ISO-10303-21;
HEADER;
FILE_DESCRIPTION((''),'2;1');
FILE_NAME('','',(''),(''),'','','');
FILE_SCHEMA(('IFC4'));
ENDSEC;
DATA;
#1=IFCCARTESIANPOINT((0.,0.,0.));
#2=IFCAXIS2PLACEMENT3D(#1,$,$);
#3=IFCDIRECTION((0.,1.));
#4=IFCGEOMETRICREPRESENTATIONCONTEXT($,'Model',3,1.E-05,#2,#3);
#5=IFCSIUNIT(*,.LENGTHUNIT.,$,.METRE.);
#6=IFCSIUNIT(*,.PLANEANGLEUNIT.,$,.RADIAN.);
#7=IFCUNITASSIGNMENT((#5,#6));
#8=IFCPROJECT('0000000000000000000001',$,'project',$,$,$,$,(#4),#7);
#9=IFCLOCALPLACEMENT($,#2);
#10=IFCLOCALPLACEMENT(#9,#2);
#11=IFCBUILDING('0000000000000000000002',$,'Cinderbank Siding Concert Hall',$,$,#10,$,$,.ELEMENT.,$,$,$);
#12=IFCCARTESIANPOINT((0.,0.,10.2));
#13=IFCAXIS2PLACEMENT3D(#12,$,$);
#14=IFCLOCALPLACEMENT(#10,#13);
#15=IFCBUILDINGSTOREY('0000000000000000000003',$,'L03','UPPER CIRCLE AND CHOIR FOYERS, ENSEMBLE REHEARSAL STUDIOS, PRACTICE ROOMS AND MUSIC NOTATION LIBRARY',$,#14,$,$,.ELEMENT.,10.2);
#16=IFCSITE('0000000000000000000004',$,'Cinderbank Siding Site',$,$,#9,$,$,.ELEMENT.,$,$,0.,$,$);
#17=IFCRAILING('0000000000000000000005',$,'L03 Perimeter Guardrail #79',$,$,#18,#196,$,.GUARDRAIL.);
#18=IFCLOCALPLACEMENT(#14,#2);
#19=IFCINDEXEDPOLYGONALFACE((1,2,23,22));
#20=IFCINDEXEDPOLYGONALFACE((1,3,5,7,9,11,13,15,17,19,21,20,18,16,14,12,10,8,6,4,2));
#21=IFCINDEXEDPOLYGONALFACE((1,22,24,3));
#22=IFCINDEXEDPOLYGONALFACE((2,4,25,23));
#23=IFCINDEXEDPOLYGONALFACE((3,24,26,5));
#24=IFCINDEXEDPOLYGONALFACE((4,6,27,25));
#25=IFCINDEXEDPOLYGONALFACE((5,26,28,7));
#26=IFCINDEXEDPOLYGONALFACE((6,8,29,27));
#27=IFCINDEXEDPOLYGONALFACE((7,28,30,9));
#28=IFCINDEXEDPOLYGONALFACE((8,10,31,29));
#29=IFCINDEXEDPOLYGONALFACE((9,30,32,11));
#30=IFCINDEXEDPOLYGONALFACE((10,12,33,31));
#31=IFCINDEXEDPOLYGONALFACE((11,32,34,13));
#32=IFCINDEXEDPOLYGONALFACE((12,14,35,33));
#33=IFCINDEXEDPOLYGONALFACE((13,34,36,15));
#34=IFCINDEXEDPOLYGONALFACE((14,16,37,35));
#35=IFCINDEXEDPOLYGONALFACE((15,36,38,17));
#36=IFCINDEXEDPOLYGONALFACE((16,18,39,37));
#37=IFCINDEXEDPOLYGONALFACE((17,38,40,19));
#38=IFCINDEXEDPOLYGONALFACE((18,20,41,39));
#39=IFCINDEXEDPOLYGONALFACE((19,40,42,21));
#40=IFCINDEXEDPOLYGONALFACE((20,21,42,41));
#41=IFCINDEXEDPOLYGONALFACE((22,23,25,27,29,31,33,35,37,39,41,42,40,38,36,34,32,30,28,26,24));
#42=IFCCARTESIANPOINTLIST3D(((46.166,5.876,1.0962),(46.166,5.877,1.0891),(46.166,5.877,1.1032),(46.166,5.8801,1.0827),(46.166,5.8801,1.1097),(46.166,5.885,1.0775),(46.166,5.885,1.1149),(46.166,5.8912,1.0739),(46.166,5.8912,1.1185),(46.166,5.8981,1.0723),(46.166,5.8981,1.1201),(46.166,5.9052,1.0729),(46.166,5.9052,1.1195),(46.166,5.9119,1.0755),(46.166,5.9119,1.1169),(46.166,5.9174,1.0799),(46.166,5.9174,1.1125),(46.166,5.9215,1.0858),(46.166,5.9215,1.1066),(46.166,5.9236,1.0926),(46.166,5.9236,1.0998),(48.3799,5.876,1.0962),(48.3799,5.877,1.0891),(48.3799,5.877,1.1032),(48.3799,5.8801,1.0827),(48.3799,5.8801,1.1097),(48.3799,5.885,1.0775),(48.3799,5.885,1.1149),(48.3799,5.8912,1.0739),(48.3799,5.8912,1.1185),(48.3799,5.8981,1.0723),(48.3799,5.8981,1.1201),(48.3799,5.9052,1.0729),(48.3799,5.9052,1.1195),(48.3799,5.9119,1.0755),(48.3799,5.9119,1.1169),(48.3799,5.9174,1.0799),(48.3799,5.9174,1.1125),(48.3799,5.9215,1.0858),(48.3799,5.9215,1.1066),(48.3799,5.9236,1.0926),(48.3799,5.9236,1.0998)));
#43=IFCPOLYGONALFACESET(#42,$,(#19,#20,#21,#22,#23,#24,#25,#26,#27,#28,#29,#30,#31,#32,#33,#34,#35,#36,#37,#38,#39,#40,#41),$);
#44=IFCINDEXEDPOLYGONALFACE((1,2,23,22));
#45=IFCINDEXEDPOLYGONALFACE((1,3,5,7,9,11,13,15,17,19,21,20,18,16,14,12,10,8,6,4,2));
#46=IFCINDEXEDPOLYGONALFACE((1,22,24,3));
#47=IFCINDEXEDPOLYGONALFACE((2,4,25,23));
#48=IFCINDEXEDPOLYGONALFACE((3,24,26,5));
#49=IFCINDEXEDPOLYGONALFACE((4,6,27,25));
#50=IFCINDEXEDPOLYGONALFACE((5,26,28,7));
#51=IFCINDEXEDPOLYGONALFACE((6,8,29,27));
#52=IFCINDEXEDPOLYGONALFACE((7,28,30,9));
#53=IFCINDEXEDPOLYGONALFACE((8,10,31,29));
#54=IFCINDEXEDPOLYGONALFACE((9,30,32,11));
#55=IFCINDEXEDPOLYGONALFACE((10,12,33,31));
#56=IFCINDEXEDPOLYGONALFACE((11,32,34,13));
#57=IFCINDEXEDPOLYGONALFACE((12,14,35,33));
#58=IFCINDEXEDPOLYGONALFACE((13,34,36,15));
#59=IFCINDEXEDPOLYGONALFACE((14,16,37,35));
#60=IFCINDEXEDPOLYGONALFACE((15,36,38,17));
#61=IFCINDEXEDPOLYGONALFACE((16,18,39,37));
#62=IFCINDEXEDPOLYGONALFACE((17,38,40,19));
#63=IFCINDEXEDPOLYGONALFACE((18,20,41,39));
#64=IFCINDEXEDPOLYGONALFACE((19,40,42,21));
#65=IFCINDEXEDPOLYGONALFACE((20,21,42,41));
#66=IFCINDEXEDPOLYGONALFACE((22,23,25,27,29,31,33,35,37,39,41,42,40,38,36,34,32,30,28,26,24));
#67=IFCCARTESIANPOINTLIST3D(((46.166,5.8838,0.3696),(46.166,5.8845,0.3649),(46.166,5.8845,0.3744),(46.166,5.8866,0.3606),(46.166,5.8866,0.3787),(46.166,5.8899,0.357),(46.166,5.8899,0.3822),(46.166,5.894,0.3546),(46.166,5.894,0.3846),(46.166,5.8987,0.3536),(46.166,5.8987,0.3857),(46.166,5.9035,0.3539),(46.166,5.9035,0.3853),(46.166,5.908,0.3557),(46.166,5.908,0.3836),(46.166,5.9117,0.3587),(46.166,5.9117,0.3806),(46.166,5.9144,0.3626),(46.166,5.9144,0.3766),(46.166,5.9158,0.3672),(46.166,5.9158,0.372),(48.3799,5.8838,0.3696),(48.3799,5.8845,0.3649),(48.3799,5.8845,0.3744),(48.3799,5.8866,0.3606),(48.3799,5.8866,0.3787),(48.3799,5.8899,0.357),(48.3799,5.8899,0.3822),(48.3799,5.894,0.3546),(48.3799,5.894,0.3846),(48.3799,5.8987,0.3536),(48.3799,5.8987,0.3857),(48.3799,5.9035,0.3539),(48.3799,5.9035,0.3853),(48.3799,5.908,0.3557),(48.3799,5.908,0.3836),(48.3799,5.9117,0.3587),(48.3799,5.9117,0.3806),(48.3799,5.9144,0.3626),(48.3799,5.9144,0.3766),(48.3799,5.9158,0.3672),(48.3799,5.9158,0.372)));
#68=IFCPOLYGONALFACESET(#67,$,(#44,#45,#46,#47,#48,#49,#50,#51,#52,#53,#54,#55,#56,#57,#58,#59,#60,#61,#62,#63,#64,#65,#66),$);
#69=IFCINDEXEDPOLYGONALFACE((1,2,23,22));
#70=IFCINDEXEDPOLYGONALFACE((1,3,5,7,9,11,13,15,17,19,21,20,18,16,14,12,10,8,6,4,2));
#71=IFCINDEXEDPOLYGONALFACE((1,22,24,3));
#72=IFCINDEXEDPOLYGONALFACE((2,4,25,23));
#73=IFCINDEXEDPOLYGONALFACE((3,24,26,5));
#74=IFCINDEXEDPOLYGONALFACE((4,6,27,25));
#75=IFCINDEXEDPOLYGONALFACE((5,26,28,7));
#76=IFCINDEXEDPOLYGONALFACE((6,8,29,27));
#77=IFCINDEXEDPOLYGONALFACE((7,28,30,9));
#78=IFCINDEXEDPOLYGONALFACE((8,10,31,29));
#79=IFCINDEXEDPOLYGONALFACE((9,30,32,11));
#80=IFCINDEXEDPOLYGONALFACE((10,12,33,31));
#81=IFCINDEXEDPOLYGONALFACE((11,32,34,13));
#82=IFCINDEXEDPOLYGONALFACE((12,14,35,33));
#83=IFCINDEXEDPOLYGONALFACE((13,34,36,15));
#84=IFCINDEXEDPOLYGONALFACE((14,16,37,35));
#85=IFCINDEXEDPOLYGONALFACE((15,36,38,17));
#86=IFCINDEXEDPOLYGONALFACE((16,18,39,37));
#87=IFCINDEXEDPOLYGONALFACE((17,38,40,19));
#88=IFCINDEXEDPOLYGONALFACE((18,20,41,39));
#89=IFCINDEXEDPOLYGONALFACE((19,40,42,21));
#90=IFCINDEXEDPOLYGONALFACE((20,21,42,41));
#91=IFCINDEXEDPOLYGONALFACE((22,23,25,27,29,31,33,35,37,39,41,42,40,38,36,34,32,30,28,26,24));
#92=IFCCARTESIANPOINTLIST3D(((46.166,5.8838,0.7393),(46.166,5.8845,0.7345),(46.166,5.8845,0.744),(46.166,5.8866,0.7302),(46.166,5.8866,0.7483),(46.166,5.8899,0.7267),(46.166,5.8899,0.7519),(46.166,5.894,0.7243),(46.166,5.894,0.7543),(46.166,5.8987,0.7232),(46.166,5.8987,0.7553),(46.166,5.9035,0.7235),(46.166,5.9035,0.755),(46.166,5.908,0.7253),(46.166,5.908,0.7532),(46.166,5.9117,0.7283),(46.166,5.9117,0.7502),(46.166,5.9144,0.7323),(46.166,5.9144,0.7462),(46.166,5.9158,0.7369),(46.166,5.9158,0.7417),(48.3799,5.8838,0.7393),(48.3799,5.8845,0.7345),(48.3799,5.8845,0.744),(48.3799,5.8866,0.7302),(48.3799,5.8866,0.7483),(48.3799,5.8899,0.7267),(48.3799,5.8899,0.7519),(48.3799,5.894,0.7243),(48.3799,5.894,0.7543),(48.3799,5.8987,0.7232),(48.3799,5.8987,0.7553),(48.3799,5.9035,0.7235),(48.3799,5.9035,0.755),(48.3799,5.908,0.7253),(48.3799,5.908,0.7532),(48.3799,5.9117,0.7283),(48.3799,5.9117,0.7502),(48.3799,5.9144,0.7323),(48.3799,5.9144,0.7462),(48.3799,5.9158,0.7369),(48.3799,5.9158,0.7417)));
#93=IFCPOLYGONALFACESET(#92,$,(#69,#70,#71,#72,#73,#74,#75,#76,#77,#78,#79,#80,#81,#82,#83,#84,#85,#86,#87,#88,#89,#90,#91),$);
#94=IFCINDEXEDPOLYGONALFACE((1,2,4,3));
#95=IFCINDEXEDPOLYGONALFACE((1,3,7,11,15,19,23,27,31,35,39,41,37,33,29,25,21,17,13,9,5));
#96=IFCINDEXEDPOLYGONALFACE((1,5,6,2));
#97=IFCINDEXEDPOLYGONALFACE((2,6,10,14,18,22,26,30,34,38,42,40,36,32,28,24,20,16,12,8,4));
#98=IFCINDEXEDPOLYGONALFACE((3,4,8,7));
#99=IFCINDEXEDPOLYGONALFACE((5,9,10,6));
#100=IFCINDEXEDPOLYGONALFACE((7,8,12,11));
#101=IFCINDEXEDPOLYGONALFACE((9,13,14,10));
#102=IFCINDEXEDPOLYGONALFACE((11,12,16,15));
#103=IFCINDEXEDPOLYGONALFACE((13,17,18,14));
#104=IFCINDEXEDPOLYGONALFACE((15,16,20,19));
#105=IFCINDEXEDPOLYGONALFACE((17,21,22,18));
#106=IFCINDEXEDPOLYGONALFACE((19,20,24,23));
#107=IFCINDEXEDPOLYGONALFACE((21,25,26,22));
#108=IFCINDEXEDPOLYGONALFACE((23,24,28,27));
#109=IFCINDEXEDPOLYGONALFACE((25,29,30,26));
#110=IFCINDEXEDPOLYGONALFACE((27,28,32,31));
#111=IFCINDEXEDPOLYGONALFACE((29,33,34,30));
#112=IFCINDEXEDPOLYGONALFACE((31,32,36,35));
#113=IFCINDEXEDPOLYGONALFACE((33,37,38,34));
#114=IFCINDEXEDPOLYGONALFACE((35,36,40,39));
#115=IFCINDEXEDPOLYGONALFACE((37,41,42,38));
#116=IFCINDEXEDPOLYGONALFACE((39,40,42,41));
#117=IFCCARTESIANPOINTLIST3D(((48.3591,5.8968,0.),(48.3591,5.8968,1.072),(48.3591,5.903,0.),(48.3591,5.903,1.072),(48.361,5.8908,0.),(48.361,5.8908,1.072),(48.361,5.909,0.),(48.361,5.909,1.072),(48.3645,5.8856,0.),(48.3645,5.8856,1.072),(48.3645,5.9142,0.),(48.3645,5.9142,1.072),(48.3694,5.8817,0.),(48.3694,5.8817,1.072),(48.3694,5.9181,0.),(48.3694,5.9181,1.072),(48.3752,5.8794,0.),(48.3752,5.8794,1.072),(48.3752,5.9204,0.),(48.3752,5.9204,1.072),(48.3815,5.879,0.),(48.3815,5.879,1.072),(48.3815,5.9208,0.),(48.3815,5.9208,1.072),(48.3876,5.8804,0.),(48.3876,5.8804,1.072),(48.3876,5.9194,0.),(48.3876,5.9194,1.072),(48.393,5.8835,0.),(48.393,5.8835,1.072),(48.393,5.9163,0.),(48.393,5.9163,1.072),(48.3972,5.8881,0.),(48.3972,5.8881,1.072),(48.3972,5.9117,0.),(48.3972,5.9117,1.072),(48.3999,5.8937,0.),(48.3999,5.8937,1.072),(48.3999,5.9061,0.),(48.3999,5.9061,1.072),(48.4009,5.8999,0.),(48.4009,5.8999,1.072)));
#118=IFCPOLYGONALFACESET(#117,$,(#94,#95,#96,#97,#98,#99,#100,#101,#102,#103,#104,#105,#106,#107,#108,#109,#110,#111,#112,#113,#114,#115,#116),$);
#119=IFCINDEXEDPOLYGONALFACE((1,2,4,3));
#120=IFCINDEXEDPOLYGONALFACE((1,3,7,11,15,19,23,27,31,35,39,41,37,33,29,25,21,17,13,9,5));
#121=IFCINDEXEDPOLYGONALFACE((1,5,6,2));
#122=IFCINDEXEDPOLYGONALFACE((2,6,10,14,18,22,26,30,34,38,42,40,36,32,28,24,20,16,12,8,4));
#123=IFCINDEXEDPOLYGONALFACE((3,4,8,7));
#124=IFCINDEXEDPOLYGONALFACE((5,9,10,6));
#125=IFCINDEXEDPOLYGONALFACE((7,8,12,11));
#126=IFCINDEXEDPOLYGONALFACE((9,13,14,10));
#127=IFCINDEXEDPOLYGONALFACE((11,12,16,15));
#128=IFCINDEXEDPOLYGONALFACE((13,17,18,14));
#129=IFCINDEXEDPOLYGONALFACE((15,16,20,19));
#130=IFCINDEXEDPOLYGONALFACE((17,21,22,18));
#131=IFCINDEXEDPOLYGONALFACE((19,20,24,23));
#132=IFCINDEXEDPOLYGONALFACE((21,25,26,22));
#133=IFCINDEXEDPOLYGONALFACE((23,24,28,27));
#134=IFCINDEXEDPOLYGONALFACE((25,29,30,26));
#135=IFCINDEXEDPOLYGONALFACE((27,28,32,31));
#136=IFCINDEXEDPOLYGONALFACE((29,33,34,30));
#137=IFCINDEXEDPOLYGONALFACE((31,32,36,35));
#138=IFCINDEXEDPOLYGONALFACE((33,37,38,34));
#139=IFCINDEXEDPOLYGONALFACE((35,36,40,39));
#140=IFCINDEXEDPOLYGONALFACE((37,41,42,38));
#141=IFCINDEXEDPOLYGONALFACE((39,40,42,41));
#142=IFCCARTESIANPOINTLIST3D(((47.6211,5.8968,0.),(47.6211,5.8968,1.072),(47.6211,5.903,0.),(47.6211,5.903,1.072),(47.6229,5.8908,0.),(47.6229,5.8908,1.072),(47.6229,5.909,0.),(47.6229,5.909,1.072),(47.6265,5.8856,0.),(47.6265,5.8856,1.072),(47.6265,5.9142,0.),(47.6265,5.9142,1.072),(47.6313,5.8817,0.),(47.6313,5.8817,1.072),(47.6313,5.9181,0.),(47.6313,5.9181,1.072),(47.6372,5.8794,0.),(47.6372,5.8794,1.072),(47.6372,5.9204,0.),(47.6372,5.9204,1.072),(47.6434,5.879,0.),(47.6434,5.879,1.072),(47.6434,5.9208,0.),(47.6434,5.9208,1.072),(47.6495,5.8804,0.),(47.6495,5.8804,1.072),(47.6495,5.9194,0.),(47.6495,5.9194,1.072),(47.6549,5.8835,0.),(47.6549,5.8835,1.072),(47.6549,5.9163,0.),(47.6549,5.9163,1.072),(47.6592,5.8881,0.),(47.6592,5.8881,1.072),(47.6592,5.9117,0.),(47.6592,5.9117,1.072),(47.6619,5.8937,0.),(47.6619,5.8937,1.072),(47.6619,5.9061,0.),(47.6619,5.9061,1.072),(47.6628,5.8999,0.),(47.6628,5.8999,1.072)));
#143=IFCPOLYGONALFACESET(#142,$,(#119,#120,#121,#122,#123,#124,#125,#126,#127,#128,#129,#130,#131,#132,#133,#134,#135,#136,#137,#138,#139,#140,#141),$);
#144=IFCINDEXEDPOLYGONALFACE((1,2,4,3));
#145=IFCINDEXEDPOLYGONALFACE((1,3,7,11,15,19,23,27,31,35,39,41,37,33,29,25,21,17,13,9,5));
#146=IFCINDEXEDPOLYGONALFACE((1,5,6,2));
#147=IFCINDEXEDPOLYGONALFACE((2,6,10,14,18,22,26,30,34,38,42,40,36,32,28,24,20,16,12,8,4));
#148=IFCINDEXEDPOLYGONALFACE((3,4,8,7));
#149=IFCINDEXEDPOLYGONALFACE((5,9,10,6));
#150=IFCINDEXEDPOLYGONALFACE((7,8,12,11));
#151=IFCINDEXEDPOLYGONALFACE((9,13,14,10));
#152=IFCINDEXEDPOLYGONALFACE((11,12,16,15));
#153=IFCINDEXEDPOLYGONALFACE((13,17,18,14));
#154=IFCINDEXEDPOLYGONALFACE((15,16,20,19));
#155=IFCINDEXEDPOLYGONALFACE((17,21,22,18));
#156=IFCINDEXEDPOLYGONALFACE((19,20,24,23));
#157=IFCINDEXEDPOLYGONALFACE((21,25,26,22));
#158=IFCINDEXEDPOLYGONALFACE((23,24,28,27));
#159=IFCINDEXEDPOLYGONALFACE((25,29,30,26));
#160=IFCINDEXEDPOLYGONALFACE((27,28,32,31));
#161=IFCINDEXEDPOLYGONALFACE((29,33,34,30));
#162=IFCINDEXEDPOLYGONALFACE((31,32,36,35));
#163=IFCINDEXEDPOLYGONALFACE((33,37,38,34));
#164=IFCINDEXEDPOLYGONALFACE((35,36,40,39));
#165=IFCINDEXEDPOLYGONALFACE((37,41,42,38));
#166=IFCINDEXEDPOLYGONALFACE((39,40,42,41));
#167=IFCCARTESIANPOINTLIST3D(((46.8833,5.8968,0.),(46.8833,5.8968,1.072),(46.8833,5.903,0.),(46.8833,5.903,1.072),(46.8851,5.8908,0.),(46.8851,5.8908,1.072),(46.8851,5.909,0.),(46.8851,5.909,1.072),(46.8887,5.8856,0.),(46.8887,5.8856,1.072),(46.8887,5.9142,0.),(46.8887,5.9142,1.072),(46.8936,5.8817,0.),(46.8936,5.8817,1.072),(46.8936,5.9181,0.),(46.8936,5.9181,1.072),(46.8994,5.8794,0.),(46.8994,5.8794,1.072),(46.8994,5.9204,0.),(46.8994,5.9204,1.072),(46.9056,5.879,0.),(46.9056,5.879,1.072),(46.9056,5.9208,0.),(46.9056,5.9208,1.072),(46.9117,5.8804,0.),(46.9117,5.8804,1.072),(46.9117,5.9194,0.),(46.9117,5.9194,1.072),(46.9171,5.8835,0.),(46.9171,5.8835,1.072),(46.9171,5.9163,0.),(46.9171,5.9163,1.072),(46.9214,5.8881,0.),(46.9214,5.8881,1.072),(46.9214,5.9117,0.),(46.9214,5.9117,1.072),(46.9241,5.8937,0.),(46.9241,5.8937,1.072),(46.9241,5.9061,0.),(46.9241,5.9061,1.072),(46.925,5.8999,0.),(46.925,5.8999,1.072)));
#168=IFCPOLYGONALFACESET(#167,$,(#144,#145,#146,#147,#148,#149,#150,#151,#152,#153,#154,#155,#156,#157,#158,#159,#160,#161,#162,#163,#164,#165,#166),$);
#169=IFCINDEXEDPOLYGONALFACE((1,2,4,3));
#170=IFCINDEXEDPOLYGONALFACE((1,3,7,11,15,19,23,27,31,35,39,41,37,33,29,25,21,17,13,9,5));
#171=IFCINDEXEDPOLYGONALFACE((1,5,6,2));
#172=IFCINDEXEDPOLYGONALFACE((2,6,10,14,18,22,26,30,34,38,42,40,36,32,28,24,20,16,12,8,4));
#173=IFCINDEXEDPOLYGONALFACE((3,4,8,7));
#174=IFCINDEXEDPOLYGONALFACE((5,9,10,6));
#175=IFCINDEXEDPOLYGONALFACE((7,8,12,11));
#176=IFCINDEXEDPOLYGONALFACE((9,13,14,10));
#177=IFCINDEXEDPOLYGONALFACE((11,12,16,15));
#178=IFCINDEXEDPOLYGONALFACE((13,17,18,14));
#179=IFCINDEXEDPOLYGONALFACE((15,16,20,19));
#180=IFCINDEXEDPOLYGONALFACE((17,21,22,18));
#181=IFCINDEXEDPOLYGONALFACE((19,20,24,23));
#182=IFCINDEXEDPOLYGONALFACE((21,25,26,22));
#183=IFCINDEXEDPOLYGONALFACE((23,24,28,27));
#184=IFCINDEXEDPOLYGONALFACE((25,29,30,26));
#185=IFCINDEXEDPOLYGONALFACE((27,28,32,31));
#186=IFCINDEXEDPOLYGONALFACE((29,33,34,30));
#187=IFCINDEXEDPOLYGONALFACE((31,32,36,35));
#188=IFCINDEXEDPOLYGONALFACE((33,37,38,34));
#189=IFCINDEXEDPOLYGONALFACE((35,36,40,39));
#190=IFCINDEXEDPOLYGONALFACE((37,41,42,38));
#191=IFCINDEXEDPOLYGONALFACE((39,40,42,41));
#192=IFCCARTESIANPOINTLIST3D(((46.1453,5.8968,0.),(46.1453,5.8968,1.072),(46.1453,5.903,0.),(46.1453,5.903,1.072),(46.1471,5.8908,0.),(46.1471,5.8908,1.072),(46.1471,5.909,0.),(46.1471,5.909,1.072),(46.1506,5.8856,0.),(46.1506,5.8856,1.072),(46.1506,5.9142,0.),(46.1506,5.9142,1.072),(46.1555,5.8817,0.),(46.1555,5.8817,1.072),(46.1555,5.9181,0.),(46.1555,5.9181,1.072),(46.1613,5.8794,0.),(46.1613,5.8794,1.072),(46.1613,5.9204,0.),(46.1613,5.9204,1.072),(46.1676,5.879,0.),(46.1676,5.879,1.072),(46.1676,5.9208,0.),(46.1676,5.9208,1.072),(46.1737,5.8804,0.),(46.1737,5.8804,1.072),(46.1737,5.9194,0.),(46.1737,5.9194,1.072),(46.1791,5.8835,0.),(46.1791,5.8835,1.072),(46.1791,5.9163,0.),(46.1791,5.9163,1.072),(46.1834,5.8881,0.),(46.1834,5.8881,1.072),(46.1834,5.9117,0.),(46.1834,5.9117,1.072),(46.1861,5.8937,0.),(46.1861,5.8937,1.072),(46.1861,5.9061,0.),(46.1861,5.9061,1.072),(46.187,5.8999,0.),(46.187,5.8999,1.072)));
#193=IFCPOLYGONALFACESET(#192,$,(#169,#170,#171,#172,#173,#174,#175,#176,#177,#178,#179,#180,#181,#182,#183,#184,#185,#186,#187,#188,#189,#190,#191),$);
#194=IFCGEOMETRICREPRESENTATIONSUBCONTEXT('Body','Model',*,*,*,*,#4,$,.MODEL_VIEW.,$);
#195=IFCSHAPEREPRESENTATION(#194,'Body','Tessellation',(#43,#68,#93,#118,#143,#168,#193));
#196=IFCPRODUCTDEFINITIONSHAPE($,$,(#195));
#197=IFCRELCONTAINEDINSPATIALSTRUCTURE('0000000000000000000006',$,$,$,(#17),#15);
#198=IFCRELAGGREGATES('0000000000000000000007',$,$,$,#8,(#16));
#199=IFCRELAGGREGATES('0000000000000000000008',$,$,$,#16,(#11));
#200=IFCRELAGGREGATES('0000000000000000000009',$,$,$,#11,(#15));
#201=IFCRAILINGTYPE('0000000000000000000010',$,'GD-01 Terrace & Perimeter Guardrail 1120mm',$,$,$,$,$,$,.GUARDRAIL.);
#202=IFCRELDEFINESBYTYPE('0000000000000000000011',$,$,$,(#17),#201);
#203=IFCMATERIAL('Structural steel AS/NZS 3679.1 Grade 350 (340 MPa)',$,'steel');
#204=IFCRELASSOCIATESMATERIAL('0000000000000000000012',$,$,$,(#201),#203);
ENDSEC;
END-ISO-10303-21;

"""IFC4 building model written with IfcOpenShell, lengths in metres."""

from ifc_helpers import new_model, si_unit, direction, frame, origin, origin_2d, place, context, subcontext, project, spatial, circle, extrude, material, type_object, element, save


model = new_model("IFC4")

# Units and contexts
model_context = context("Model", 3, precision=1e-05, world=origin(), true_north=direction((0.0, 1.0)))
body_context = subcontext(model_context, "Body", "Model", "MODEL_VIEW")
ifc_project = project(units=[si_unit("LENGTHUNIT", "METRE"), si_unit("PLANEANGLEUNIT", "RADIAN")], contexts=[model_context])

# Site, building, storey
site_placement = place(None, origin())
site = spatial("IfcSite", under=ifc_project, at=site_placement, Name="Cinderbank Siding Site", CompositionType="ELEMENT", RefElevation=0.0)
building_placement = place(site_placement, origin())
building = spatial("IfcBuilding", under=site, at=building_placement, Name="Cinderbank Siding Concert Hall", CompositionType="ELEMENT")
storey_placement = place(building_placement, frame((0.0, 0.0, 10.2)))
storey = spatial("IfcBuildingStorey", under=building, at=storey_placement, Name="L03", Description="UPPER CIRCLE AND CHOIR FOYERS, ENSEMBLE REHEARSAL STUDIOS, PRACTICE ROOMS AND MUSIC NOTATION LIBRARY", CompositionType="ELEMENT", Elevation=10.2)

# Shared definitions
ifc_material_1 = material(Name="Structural steel AS/NZS 3679.1 Grade 350 (340 MPa)", Category="steel")

# Railing
railing_type = type_object("IfcRailingType", Name="GD-01 Terrace & Perimeter Guardrail 1120mm", PredefinedType="GUARDRAIL", material=ifc_material_1)
railing_1_placement = place(storey_placement, frame((48.3799, 5.8999, 0.0)))
element("IfcRailing", 1, at=railing_1_placement, inside=storey, type_object=railing_type, Name="L03 Perimeter Guardrail #79", PredefinedType="GUARDRAIL", context=body_context, shape_type="SweptSolid", body=[
    extrude(circle(Radius=0.0239, at=origin_2d()), frame((0.0, 0.0, 1.0962), z_axis=(-1.0, 0.0, 0.0), x_axis=(0.0, -1.0, 0.0)), (0.0, 0.0, 1.0), 2.2139),
    extrude(circle(Radius=0.0161, at=origin_2d()), frame((0.0, 0.0, 0.3696), z_axis=(-1.0, 0.0, 0.0), x_axis=(0.0, -1.0, 0.0)), (0.0, 0.0, 1.0), 2.2139),
    extrude(circle(Radius=0.0161, at=origin_2d()), frame((0.0, 0.0, 0.7393), z_axis=(-1.0, 0.0, 0.0), x_axis=(0.0, -1.0, 0.0)), (0.0, 0.0, 1.0), 2.2139),
    extrude(circle(Radius=0.021, at=origin_2d()), origin(), (0.0, 0.0, 1.0), 1.072),
    extrude(circle(Radius=0.021, at=origin_2d()), frame((-0.738, 0.0, 0.0)), (0.0, 0.0, 1.0), 1.072),
    extrude(circle(Radius=0.021, at=origin_2d()), frame((-1.4758, 0.0, 0.0)), (0.0, 0.0, 1.0), 1.072),
    extrude(circle(Radius=0.021, at=origin_2d()), frame((-2.2139, 0.0, 0.0)), (0.0, 0.0, 1.0), 1.072),
])

save(model, "model.ifc")
